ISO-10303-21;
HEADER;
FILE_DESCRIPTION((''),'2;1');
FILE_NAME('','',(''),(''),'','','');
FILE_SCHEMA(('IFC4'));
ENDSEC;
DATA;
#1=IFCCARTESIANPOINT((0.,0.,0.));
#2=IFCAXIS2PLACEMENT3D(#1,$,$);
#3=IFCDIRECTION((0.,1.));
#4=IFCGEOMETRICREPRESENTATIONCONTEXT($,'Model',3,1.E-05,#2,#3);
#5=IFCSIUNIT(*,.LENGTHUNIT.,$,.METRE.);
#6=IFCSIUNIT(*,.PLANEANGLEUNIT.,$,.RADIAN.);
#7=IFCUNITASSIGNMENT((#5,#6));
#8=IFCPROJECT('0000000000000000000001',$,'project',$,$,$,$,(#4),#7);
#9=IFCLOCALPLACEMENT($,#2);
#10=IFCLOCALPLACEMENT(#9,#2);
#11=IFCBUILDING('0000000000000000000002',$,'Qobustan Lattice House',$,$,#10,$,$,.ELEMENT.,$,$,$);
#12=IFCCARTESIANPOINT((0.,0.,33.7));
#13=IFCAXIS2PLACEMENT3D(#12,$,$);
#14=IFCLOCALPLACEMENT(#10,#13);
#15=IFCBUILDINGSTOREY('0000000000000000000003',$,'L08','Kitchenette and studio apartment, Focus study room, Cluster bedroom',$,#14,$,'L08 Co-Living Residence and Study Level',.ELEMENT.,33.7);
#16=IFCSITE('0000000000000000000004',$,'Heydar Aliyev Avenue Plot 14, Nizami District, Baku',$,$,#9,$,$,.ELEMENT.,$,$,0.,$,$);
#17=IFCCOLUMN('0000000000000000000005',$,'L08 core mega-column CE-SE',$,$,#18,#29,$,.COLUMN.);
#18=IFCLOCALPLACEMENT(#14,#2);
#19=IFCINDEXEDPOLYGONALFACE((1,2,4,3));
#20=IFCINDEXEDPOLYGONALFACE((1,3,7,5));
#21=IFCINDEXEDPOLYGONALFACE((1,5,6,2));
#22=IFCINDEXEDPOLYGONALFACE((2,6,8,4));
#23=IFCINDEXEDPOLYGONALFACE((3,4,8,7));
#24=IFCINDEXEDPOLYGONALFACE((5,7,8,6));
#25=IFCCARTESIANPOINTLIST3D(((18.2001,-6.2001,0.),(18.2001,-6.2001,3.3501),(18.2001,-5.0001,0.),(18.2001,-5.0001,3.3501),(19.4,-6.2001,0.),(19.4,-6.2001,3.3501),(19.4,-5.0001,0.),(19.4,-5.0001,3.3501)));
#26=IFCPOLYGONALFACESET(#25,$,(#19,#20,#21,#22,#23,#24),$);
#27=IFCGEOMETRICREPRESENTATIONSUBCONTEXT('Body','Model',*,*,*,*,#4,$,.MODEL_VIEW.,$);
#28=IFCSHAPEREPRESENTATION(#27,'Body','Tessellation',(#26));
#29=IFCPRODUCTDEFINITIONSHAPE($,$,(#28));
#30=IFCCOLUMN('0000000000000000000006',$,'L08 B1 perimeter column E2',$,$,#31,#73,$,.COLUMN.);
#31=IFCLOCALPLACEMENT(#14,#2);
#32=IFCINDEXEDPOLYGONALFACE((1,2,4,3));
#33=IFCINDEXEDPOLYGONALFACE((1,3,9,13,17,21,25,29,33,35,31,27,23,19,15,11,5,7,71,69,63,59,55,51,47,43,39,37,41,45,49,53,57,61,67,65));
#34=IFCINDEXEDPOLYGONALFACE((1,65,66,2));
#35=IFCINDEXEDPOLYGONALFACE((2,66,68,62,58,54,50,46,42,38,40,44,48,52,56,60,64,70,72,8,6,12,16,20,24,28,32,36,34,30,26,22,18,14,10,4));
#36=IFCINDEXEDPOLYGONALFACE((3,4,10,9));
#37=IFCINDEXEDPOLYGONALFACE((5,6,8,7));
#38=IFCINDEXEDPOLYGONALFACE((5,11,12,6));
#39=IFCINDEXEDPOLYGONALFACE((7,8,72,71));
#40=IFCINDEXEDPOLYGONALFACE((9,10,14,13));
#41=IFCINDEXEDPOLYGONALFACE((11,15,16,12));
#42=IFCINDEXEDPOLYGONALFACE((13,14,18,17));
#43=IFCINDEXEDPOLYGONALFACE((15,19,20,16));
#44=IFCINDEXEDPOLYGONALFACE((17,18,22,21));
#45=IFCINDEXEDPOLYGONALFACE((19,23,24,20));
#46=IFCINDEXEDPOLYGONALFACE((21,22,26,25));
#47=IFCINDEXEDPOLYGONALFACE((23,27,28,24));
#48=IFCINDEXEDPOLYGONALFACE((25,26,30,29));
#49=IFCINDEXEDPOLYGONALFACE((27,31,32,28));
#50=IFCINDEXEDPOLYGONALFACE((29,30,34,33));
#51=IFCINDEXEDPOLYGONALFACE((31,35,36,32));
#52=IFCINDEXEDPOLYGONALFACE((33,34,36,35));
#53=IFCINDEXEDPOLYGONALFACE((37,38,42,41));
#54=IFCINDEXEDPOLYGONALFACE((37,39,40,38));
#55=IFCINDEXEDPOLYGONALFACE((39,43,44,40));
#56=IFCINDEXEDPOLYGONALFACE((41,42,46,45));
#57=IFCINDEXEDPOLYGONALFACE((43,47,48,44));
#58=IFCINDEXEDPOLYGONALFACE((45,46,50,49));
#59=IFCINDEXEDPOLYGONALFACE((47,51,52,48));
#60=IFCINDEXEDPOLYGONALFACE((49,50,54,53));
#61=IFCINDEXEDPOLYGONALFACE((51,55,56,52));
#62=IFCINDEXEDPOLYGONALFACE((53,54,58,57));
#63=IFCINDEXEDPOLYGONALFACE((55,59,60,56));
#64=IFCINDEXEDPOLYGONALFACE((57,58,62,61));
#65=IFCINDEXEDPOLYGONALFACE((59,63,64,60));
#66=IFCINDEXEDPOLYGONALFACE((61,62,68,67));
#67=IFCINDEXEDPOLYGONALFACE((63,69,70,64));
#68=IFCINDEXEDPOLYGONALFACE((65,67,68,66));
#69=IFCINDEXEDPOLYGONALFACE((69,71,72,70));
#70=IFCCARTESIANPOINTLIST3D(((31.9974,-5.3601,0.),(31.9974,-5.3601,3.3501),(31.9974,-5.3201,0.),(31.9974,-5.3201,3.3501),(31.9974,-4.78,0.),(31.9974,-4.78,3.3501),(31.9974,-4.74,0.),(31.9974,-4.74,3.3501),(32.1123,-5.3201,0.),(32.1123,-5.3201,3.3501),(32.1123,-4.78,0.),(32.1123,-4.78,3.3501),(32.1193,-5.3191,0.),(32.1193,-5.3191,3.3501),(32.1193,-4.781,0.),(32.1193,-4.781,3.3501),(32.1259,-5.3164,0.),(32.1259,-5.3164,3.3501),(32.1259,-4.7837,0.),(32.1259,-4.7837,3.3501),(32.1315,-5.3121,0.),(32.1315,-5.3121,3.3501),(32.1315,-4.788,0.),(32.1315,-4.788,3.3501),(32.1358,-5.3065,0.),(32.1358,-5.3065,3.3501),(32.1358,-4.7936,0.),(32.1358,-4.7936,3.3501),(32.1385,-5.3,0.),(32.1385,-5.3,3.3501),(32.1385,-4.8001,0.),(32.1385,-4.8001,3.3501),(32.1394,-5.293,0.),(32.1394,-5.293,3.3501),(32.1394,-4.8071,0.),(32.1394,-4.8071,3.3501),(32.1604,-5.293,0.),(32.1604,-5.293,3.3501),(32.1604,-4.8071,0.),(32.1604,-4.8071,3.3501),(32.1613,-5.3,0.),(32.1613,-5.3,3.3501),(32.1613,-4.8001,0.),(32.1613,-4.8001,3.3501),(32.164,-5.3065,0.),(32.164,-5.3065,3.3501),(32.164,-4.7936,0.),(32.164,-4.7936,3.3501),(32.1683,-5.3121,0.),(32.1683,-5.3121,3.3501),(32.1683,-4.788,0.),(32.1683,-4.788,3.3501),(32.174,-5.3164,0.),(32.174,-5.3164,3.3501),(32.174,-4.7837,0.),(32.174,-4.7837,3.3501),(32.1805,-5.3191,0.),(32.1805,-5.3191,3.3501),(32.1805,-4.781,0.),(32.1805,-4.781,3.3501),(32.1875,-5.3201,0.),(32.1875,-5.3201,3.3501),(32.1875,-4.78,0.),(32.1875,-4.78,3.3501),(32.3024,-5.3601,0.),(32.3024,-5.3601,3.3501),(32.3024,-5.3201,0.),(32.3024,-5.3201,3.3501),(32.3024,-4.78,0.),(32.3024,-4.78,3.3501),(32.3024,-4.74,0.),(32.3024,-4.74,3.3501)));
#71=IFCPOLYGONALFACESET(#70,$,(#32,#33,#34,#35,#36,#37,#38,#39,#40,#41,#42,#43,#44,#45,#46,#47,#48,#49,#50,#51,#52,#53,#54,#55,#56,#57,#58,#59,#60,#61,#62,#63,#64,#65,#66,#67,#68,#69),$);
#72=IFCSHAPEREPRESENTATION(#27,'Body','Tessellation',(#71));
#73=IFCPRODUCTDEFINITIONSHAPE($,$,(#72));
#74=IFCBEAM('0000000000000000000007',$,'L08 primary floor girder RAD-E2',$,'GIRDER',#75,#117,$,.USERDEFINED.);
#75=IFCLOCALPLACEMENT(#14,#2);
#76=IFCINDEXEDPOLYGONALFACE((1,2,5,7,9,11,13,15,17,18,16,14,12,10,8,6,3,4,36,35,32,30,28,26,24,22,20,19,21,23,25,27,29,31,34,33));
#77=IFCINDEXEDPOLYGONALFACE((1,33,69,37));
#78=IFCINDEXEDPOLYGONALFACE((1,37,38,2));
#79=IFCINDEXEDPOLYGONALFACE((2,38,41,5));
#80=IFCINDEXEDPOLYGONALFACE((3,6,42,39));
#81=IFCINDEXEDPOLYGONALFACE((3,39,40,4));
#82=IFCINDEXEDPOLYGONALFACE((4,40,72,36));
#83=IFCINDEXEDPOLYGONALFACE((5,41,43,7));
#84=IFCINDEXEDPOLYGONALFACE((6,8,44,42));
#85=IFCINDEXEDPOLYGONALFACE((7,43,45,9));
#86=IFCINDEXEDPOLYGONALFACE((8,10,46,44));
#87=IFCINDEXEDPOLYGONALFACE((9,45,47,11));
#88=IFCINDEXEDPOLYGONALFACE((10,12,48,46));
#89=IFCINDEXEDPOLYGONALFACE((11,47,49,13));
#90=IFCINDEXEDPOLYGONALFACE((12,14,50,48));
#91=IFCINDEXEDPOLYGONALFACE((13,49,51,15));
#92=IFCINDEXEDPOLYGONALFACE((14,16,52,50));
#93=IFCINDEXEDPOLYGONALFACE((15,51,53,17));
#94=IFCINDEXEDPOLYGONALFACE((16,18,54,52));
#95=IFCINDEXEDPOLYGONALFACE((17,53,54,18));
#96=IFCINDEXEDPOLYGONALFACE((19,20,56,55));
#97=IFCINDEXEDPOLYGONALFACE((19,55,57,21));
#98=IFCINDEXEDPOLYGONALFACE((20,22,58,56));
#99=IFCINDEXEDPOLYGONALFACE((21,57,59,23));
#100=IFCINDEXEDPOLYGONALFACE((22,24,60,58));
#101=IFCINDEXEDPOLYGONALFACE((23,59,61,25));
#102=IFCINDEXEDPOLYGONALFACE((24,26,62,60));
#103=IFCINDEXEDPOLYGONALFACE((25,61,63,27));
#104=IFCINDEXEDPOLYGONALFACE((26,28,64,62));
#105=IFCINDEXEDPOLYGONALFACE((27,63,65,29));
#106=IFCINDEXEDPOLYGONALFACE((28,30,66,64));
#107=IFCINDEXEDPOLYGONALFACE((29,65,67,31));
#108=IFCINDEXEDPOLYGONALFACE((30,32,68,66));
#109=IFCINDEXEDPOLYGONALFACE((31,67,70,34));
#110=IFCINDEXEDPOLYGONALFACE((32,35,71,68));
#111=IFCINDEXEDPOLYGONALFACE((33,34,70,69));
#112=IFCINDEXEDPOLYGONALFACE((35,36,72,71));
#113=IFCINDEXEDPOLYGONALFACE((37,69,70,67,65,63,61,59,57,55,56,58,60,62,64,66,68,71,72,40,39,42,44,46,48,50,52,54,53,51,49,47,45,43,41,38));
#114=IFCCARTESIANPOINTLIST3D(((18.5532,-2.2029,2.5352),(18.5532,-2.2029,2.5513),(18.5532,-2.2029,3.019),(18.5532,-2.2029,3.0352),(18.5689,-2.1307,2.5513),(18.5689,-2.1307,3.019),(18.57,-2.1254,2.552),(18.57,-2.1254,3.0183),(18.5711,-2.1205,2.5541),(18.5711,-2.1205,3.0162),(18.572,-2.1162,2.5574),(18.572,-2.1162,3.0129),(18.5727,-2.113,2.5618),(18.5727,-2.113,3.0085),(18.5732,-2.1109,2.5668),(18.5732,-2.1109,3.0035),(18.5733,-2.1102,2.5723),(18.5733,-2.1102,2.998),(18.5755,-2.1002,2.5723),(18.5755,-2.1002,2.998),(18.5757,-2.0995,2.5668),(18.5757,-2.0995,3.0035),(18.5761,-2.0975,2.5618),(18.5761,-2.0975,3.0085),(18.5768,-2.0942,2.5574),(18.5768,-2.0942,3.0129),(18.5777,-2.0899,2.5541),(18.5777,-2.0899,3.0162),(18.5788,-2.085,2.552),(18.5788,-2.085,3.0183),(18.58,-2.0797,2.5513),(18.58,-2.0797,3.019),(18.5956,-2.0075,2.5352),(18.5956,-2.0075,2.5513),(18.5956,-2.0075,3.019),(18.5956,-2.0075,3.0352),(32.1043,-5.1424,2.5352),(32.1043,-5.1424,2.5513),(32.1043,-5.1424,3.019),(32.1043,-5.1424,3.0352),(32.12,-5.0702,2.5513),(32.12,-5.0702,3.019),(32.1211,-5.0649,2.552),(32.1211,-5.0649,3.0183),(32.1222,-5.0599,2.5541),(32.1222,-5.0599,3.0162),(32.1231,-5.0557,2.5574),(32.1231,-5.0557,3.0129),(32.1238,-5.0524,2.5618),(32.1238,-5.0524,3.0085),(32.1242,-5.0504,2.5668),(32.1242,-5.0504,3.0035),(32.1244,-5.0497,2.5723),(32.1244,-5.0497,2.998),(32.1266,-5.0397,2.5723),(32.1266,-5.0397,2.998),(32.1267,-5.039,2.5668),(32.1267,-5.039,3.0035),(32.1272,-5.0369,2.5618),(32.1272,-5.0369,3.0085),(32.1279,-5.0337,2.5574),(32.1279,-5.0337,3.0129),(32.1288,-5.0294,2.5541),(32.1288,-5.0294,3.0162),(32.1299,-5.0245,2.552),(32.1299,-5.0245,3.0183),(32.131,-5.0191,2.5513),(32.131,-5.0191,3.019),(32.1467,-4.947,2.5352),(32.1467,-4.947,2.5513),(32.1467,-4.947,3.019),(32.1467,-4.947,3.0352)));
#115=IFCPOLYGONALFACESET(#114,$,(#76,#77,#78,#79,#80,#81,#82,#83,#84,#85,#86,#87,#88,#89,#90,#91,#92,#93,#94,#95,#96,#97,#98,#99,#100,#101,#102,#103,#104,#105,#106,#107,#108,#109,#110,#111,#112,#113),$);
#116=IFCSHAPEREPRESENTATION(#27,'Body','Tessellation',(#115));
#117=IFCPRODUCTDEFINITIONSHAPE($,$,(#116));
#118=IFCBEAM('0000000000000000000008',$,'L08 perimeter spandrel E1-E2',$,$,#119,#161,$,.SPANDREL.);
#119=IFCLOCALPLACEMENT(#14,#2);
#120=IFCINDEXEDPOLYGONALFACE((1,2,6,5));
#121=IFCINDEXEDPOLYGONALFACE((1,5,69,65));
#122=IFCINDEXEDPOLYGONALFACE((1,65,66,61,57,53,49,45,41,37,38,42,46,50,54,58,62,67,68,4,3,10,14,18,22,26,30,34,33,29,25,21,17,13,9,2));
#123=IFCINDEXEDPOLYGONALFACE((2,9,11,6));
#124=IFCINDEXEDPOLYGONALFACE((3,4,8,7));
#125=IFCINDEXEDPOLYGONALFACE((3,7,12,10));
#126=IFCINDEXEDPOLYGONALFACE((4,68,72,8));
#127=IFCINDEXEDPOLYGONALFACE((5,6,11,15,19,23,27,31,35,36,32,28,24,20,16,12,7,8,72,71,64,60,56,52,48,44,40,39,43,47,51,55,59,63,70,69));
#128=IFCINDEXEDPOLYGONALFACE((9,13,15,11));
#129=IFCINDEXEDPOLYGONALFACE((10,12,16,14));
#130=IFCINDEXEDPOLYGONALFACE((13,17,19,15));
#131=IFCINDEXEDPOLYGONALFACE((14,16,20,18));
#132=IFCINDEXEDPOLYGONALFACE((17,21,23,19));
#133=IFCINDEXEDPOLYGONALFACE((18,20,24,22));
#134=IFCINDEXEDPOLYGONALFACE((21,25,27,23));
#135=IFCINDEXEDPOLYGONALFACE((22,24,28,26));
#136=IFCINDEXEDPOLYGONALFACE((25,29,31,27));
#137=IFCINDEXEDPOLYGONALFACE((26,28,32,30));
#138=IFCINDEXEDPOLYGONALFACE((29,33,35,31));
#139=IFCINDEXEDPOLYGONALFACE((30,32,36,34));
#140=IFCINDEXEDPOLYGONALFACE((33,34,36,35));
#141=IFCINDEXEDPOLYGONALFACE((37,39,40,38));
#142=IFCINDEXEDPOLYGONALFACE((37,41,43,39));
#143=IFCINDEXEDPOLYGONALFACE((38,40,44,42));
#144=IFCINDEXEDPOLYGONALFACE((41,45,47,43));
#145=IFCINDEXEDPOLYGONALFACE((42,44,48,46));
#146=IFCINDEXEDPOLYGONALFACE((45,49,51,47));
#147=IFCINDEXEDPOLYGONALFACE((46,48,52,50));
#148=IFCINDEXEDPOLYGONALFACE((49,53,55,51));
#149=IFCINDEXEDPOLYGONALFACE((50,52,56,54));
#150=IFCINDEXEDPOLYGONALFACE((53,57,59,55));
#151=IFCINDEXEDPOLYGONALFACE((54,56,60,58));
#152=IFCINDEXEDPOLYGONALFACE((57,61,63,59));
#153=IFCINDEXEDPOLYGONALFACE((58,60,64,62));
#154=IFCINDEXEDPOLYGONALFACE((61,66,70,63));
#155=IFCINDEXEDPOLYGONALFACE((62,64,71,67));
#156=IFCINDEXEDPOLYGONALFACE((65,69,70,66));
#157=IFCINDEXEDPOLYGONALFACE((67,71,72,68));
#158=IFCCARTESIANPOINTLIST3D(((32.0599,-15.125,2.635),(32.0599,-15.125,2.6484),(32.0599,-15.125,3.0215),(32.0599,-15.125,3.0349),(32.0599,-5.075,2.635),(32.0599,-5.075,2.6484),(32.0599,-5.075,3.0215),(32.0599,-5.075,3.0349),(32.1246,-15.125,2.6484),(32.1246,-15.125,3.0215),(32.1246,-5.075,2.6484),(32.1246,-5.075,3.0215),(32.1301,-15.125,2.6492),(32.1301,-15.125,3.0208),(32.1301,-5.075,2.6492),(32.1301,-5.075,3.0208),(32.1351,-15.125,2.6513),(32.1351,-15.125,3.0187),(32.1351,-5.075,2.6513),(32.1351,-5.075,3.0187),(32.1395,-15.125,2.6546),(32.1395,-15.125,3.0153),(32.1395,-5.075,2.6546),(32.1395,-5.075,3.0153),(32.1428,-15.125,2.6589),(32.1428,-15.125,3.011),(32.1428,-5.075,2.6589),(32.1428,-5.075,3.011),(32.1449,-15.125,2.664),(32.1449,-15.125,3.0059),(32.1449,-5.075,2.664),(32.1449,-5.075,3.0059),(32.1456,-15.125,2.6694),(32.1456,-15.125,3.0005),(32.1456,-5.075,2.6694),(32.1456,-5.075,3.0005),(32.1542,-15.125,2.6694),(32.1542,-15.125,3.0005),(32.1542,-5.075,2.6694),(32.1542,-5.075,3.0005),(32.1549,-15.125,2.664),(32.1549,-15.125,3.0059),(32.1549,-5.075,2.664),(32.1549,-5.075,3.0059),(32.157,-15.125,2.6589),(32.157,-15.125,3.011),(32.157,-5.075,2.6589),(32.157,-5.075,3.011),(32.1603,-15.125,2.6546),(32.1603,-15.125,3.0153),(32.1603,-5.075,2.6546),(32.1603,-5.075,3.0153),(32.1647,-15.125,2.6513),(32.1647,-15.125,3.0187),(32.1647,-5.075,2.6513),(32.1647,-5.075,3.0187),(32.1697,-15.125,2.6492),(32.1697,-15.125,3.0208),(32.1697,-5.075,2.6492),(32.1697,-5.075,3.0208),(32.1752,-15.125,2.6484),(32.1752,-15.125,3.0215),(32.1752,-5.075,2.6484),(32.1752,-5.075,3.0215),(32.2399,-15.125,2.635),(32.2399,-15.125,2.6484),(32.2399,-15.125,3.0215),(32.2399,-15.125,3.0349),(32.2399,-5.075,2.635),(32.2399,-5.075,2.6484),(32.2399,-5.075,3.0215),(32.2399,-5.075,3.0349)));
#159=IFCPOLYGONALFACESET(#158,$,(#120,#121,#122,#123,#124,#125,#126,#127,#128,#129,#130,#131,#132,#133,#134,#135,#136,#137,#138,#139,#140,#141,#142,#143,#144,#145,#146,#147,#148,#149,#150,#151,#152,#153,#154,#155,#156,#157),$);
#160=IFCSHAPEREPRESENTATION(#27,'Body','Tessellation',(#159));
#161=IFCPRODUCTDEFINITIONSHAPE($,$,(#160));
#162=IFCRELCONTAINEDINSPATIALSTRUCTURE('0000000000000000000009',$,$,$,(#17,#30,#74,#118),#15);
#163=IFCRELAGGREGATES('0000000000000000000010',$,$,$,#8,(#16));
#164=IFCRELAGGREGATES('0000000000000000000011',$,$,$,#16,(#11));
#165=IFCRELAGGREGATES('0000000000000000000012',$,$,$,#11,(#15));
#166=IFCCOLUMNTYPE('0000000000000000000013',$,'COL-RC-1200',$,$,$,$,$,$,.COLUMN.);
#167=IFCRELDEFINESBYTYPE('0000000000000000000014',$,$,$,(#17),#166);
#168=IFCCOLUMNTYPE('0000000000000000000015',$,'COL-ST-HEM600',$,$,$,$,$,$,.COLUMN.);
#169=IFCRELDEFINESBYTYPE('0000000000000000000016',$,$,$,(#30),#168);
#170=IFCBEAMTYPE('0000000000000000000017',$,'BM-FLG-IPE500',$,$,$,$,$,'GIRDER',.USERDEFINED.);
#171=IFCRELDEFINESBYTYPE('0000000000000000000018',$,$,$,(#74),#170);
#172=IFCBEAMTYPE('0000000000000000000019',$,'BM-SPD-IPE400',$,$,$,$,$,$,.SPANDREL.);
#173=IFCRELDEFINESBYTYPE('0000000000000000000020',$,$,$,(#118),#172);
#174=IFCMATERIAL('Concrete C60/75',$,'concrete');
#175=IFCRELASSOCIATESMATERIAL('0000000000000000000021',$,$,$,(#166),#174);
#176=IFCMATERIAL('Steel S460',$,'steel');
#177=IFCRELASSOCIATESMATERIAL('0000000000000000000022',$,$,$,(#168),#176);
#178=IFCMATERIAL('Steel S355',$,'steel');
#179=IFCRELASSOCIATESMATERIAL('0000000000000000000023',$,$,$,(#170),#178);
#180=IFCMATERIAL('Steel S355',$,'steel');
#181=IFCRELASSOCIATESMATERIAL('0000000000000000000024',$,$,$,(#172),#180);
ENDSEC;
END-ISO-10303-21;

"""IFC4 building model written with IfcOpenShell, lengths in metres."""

from ifc_helpers import new_model, si_unit, direction, frame, origin, origin_2d, place, context, subcontext, project, spatial, rectangle, i_section, extrude, material, material_profile, profile_set, type_object, element, save


model = new_model("IFC4")

# Units and contexts
model_context = context("Model", 3, precision=1e-05, world=origin(), true_north=direction((0.0, 1.0)))
body_context = subcontext(model_context, "Body", "Model", "MODEL_VIEW")
ifc_project = project(units=[si_unit("LENGTHUNIT", "METRE"), si_unit("PLANEANGLEUNIT", "RADIAN")], contexts=[model_context])

# Site, building, storey
site_placement = place(None, origin())
site = spatial("IfcSite", under=ifc_project, at=site_placement, Name="Heydar Aliyev Avenue Plot 14, Nizami District, Baku", CompositionType="ELEMENT", RefElevation=0.0)
building_placement = place(site_placement, origin())
building = spatial("IfcBuilding", under=site, at=building_placement, Name="Qobustan Lattice House", CompositionType="ELEMENT")
storey_placement = place(building_placement, frame((0.0, 0.0, 33.7)))
storey = spatial("IfcBuildingStorey", under=building, at=storey_placement, Name="L08", Description="Kitchenette and studio apartment, Focus study room, Cluster bedroom", LongName="L08 Co-Living Residence and Study Level", CompositionType="ELEMENT", Elevation=33.7)

# Columns
ifc_material_1 = material(Name="Concrete C60/75", Category="concrete")
ifc_material_profile_1 = material_profile(ifc_material_1, rectangle(XDim=1.2, YDim=1.2, at=origin_2d()), Name="RC1200x1200")
ifc_profile_set_1 = profile_set([ifc_material_profile_1], Name="Concrete C60/75")
column_type_1 = type_object("IfcColumnType", Name="COL-RC-1200", PredefinedType="COLUMN", material=ifc_profile_set_1)
column_1_placement = place(storey_placement, frame((18.8, -5.6001, 0.0), z_axis=(0.0, 0.0, 1.0), x_axis=(1.0, 0.0, 0.0)))
element("IfcColumn", 1, at=column_1_placement, inside=storey, type_object=column_type_1, Name="L08 core mega-column CE-SE", PredefinedType="COLUMN", context=body_context, shape_type="SweptSolid", body=[
    extrude(rectangle(XDim=1.2, YDim=1.2, at=origin_2d()), origin(), (0.0, 0.0, 1.0), 3.3501),
])
ifc_material_2 = material(Name="Steel S460", Category="steel")
ifc_material_profile_2 = material_profile(ifc_material_2, i_section(OverallWidth=0.3049, OverallDepth=0.6201, WebThickness=0.021, FlangeThickness=0.04, FilletRadius=0.0271, at=origin_2d()), Name="HEM600")
ifc_profile_set_2 = profile_set([ifc_material_profile_2], Name="Steel S460")
column_type_2 = type_object("IfcColumnType", Name="COL-ST-HEM600", PredefinedType="COLUMN", material=ifc_profile_set_2)
column_2_placement = place(storey_placement, frame((32.1499, -5.05, 0.0), z_axis=(0.0, 0.0, 1.0), x_axis=(1.0, 0.0, 0.0)))
element("IfcColumn", 2, at=column_2_placement, inside=storey, type_object=column_type_2, Name="L08 B1 perimeter column E2", PredefinedType="COLUMN", context=body_context, shape_type="SweptSolid", body=[
    extrude(i_section(OverallWidth=0.3049, OverallDepth=0.6201, WebThickness=0.021, FlangeThickness=0.04, FilletRadius=0.0271, at=origin_2d()), origin(), (0.0, 0.0, 1.0), 3.3501),
])

# Beams
ifc_material_3 = material(Name="Steel S355", Category="steel")
ifc_material_profile_3 = material_profile(ifc_material_3, i_section(OverallWidth=0.2, OverallDepth=0.5, WebThickness=0.0103, FlangeThickness=0.0161, FilletRadius=0.021, at=origin_2d()), Name="IPE500")
ifc_profile_set_3 = profile_set([ifc_material_profile_3], Name="Steel S355")
beam_type_1 = type_object("IfcBeamType", Name="BM-FLG-IPE500", ElementType="GIRDER", PredefinedType="USERDEFINED", material=ifc_profile_set_3)
beam_1_placement = place(storey_placement, frame((32.1255, -5.0447, 2.7852), z_axis=(-0.977272, 0.211987, 0.0), x_axis=(-0.211987, -0.977272, 0.0)))
element("IfcBeam", 3, at=beam_1_placement, inside=storey, type_object=beam_type_1, Name="L08 primary floor girder RAD-E2", ObjectType="GIRDER", PredefinedType="USERDEFINED", context=body_context, shape_type="SweptSolid", body=[
    extrude(i_section(OverallWidth=0.2, OverallDepth=0.5, WebThickness=0.0103, FlangeThickness=0.0161, FilletRadius=0.021, at=origin_2d()), origin(), (0.0, 0.0, 1.0), 13.8662),
])
ifc_material_4 = material(Name="Steel S355", Category="steel")
ifc_material_profile_4 = material_profile(ifc_material_4, i_section(OverallWidth=0.1799, OverallDepth=0.3999, WebThickness=0.0085, FlangeThickness=0.0134, FilletRadius=0.021, at=origin_2d()), Name="IPE400")
ifc_profile_set_4 = profile_set([ifc_material_profile_4], Name="Steel S355")
beam_type_2 = type_object("IfcBeamType", Name="BM-SPD-IPE400", PredefinedType="SPANDREL", material=ifc_profile_set_4)
beam_2_placement = place(storey_placement, frame((32.1499, -15.125, 2.835), z_axis=(0.0, 1.0, 0.0), x_axis=(-1.0, 0.0, 0.0)))
element("IfcBeam", 4, at=beam_2_placement, inside=storey, type_object=beam_type_2, Name="L08 perimeter spandrel E1-E2", PredefinedType="SPANDREL", context=body_context, shape_type="SweptSolid", body=[
    extrude(i_section(OverallWidth=0.1799, OverallDepth=0.3999, WebThickness=0.0085, FlangeThickness=0.0134, FilletRadius=0.021, at=origin_2d()), origin(), (0.0, 0.0, 1.0), 10.05),
])

save(model, "model.ifc")
